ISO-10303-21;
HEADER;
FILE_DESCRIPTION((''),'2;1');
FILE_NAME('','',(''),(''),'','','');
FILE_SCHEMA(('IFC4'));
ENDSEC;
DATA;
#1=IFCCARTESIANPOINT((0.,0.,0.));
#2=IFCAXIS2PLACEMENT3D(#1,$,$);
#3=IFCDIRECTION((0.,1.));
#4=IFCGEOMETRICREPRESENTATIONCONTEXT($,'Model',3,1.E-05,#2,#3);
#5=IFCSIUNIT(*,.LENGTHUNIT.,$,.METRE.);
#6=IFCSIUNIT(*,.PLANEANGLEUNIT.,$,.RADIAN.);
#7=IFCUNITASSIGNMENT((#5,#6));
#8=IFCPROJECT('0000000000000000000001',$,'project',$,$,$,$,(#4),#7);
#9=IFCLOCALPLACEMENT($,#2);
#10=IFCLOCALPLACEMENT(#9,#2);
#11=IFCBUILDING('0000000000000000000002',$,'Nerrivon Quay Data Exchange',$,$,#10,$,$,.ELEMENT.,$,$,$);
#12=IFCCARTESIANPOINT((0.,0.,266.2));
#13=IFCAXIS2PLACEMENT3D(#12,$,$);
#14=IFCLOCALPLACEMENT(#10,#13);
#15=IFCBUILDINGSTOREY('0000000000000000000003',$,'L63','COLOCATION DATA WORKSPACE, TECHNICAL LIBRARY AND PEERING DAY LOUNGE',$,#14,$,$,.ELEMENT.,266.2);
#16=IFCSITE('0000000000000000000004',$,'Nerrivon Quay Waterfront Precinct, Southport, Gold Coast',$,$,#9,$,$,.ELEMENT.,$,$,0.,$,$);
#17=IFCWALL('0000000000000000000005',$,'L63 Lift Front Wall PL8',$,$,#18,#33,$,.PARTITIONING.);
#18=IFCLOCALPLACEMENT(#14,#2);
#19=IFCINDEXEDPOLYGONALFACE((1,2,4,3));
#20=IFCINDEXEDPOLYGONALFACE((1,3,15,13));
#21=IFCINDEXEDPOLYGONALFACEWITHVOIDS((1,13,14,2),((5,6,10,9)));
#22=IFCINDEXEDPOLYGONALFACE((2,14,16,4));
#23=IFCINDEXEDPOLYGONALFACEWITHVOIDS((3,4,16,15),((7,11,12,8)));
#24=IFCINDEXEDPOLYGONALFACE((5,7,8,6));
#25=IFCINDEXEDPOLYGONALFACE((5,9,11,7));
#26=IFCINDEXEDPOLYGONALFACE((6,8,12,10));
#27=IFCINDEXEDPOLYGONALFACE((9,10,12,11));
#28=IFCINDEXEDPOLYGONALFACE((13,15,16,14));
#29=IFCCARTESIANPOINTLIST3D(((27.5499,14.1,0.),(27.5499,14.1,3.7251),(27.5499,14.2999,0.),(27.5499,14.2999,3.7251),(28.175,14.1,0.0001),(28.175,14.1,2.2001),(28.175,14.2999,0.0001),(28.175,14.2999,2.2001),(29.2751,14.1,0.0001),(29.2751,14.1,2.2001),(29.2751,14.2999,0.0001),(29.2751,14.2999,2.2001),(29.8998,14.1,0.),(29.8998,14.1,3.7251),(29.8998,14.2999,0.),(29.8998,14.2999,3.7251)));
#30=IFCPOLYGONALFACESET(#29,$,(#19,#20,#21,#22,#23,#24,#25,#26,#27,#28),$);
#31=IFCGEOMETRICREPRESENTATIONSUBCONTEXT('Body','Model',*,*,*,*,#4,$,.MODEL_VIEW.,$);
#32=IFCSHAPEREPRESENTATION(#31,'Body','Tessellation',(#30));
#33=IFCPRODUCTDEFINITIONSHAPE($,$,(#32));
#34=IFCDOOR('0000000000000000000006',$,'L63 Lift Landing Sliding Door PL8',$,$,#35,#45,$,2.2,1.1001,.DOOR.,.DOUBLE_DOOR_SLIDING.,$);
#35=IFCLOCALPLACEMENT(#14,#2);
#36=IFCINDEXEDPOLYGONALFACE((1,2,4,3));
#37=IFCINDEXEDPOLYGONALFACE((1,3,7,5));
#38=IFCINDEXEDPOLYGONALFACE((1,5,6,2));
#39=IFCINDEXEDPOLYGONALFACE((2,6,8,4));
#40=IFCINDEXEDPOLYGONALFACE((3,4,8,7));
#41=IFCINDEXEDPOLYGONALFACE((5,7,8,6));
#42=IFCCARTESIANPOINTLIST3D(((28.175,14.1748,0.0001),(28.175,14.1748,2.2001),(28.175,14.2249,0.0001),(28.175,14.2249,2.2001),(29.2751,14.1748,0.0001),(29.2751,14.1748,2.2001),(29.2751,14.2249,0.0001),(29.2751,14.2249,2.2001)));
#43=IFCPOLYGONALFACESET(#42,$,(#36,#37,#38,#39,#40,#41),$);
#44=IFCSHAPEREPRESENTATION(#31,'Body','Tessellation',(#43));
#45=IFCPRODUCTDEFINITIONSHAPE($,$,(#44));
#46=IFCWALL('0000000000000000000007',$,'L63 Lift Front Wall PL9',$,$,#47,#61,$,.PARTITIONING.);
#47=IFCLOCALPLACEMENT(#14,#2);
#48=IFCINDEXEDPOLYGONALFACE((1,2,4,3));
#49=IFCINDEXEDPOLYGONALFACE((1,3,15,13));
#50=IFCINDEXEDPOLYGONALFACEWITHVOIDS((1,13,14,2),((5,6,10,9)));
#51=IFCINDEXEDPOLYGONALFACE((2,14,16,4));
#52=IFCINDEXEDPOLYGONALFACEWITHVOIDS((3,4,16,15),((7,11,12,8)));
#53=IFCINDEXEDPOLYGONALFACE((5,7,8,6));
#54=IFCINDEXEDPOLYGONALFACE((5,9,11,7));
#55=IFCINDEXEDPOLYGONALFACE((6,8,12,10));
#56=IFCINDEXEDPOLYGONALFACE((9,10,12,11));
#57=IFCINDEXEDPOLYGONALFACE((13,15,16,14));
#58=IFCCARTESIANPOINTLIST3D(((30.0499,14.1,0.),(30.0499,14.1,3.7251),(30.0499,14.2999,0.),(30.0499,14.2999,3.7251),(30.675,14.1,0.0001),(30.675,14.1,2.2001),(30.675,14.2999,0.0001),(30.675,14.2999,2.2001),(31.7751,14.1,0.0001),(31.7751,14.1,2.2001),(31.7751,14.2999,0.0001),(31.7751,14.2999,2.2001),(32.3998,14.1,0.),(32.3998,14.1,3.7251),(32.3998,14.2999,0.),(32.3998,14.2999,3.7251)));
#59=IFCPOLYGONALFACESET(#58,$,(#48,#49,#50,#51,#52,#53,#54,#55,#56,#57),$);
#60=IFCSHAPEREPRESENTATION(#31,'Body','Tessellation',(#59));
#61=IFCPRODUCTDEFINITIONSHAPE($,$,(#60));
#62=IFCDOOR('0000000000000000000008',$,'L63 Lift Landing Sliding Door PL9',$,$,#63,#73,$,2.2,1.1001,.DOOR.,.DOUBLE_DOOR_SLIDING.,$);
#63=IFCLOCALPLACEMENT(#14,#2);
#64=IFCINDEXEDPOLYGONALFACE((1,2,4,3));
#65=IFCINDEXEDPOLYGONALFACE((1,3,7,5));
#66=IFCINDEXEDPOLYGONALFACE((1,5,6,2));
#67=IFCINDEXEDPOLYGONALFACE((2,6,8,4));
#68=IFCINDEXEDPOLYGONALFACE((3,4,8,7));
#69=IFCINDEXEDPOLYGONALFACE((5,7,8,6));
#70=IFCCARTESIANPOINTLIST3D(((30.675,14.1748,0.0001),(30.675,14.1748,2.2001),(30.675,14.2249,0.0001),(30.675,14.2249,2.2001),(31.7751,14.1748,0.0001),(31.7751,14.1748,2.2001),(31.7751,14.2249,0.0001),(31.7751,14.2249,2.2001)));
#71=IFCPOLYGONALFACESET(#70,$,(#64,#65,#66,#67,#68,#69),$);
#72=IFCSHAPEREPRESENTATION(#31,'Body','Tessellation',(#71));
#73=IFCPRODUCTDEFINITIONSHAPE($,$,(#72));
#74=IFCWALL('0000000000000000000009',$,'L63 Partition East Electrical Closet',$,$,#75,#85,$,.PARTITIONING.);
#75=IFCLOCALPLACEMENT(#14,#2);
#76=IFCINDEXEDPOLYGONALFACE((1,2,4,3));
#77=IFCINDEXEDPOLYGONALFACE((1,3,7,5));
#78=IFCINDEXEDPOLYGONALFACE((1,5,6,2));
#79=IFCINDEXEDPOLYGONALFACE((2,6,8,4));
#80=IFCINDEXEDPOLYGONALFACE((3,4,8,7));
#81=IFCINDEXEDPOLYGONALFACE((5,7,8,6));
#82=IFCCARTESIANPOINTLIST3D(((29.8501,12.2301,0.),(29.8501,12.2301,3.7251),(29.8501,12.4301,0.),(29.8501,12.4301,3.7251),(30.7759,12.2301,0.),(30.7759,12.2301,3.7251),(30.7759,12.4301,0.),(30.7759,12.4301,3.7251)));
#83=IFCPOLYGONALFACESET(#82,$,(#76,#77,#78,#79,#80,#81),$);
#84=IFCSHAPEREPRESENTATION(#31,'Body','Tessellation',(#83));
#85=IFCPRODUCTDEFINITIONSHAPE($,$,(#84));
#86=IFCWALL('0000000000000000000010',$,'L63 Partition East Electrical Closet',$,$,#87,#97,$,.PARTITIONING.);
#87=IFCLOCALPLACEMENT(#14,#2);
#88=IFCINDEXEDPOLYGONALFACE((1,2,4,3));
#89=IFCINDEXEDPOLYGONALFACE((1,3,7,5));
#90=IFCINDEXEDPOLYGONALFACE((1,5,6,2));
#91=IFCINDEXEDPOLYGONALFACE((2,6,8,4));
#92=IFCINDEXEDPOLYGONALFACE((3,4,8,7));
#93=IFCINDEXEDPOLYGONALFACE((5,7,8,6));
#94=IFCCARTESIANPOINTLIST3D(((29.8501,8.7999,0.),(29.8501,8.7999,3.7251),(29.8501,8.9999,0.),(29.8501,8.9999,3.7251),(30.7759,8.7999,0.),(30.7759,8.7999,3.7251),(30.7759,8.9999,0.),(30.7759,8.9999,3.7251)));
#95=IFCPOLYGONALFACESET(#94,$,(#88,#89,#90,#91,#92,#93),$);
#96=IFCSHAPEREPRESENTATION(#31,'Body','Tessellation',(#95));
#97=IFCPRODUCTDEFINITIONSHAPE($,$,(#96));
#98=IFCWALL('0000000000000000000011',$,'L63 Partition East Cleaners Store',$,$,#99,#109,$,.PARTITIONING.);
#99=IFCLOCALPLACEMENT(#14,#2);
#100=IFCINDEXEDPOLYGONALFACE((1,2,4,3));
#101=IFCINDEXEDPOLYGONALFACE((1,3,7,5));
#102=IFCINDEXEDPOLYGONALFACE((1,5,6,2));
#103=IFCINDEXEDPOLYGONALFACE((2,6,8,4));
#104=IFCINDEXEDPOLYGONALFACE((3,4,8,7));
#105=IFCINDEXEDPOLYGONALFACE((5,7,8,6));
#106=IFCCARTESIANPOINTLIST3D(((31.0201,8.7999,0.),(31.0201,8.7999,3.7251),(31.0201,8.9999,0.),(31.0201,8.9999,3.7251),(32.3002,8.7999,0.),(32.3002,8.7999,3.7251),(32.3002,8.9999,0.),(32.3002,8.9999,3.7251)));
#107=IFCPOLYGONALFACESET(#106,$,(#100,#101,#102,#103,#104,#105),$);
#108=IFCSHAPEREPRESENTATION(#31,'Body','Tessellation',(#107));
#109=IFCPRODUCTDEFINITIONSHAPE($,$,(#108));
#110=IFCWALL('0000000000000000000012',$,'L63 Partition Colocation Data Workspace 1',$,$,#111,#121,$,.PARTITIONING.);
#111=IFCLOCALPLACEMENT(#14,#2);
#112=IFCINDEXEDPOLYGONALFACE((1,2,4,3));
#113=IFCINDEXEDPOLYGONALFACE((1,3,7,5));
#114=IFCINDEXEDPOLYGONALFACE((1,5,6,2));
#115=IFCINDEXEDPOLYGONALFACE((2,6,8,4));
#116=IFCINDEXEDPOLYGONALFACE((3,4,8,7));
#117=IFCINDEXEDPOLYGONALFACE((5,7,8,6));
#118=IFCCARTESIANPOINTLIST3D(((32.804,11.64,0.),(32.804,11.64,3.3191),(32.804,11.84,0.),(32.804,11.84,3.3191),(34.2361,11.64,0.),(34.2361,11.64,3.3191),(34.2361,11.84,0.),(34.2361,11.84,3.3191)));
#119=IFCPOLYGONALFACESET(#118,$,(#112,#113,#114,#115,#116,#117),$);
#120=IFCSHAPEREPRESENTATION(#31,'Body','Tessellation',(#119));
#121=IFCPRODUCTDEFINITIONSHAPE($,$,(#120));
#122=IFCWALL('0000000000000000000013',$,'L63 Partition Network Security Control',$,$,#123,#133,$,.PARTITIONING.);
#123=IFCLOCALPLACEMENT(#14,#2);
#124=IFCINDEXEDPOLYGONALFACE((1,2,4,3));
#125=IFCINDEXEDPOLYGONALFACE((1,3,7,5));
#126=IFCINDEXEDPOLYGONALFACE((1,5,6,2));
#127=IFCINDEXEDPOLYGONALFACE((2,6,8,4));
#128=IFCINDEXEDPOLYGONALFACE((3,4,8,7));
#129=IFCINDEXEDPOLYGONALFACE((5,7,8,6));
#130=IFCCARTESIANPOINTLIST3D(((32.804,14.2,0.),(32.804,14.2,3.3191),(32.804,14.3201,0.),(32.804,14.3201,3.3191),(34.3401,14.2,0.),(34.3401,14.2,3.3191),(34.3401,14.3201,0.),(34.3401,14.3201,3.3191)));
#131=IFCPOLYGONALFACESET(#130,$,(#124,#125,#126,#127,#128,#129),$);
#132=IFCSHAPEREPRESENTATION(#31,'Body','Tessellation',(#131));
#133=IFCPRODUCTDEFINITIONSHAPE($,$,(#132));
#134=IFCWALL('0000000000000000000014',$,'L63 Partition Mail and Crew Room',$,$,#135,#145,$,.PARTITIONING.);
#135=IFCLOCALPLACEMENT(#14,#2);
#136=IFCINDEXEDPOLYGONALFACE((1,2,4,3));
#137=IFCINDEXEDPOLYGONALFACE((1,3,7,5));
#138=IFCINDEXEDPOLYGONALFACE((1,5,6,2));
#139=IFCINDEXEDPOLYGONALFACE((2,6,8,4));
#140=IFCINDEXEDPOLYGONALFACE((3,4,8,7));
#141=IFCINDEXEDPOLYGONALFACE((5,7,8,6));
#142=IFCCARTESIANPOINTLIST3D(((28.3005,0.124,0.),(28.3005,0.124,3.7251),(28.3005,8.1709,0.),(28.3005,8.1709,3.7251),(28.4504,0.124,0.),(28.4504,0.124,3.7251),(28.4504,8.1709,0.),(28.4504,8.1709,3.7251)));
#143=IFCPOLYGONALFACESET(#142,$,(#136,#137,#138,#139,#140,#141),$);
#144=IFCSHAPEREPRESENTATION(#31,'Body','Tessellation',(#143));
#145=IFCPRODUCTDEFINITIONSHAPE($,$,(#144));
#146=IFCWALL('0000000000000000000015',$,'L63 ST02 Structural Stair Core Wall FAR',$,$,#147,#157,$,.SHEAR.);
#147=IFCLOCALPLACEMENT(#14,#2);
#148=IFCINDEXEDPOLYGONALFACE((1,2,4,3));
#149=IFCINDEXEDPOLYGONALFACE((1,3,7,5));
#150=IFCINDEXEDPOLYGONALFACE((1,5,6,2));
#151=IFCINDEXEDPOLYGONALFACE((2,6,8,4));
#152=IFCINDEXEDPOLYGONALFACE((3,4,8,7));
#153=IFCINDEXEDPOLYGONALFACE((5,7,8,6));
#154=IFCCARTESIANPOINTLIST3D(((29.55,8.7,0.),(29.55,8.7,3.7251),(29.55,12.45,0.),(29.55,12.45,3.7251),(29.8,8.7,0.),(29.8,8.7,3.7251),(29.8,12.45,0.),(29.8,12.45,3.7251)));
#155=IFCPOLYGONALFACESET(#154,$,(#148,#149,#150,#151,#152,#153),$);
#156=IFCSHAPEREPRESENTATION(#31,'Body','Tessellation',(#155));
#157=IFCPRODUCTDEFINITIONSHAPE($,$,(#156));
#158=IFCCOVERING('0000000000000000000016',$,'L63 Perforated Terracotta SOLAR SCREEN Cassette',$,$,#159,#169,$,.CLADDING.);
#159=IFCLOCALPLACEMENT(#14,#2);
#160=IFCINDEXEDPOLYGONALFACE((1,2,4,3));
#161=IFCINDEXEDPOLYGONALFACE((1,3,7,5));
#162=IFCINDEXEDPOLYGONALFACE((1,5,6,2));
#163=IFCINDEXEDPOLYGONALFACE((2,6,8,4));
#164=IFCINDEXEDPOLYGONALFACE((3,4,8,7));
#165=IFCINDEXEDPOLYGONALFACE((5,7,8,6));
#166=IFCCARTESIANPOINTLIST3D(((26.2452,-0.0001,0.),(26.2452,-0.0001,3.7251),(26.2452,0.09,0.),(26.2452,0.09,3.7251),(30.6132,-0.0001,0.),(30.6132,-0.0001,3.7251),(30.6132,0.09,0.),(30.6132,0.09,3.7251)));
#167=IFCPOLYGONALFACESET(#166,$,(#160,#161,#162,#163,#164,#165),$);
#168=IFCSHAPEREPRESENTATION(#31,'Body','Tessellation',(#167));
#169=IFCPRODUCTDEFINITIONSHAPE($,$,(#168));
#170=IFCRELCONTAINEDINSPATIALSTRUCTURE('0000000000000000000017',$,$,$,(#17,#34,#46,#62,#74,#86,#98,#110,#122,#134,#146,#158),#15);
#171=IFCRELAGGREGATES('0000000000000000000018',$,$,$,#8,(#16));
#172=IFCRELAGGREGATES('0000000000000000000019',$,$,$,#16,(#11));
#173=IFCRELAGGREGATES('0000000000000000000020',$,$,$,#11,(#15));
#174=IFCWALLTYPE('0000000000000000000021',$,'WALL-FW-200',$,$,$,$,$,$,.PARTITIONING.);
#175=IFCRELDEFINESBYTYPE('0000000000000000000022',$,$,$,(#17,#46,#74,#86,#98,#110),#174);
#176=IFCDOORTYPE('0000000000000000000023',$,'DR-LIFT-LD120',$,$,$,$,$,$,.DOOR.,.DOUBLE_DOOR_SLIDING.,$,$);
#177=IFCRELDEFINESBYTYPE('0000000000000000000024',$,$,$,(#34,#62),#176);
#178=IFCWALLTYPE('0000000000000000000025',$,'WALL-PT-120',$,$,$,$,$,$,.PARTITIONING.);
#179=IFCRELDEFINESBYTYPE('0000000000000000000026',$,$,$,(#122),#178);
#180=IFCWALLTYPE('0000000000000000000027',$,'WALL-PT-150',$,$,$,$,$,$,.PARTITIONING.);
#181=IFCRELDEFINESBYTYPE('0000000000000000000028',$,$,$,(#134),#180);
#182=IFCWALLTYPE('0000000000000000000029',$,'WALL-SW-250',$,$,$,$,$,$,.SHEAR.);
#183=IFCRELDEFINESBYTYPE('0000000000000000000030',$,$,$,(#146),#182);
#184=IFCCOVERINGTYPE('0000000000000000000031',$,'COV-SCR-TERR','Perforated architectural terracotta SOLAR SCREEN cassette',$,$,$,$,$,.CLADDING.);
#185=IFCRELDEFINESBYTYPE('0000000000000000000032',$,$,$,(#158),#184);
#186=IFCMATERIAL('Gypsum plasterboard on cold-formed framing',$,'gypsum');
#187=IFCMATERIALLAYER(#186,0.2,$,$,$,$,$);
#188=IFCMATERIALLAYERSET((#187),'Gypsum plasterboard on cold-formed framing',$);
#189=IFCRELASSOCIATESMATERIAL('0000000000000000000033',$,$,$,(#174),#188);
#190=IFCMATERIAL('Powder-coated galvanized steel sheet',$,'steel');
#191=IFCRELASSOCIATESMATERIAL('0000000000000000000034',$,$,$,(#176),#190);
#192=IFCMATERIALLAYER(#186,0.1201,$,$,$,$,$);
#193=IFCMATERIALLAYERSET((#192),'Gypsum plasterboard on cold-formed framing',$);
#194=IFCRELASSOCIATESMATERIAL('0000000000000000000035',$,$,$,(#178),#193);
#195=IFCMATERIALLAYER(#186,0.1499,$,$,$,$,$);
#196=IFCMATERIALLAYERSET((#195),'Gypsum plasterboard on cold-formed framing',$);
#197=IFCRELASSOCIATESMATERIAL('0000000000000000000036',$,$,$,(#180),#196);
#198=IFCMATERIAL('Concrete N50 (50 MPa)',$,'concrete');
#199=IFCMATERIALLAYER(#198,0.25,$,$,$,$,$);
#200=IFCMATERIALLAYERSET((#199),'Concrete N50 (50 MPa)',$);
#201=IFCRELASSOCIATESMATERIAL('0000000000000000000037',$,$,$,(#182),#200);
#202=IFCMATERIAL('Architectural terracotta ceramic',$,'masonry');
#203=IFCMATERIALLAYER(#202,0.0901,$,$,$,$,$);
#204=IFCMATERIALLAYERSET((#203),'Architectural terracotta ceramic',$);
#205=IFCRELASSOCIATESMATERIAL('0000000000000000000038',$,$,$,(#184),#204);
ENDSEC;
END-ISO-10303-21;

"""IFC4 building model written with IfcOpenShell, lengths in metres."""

from ifc_helpers import new_model, si_unit, direction, frame, frame_2d, origin, origin_2d, place, context, subcontext, project, spatial, rectangle, extrude, material, layer, layer_set, type_object, element, fill, save


model = new_model("IFC4")

# Units and contexts
model_context = context("Model", 3, precision=1e-05, world=origin(), true_north=direction((0.0, 1.0)))
body_context = subcontext(model_context, "Body", "Model", "MODEL_VIEW")
ifc_project = project(units=[si_unit("LENGTHUNIT", "METRE"), si_unit("PLANEANGLEUNIT", "RADIAN")], contexts=[model_context])

# Site, building, storey
site_placement = place(None, origin())
site = spatial("IfcSite", under=ifc_project, at=site_placement, Name="Nerrivon Quay Waterfront Precinct, Southport, Gold Coast", CompositionType="ELEMENT", RefElevation=0.0)
building_placement = place(site_placement, origin())
building = spatial("IfcBuilding", under=site, at=building_placement, Name="Nerrivon Quay Data Exchange", CompositionType="ELEMENT")
storey_placement = place(building_placement, frame((0.0, 0.0, 266.2)))
storey = spatial("IfcBuildingStorey", under=building, at=storey_placement, Name="L63", Description="COLOCATION DATA WORKSPACE, TECHNICAL LIBRARY AND PEERING DAY LOUNGE", CompositionType="ELEMENT", Elevation=266.2)

# Shared definitions
ifc_material_1 = material(Name="Concrete N50 (50 MPa)", Category="concrete")

# Shared definitions
ifc_material_2 = material(Name="Powder-coated galvanized steel sheet", Category="steel")

# Shared definitions
ifc_material_3 = material(Name="Gypsum plasterboard on cold-formed framing", Category="gypsum")
ifc_layer_1 = layer(ifc_material_3, 0.2)
ifc_layer_set_1 = layer_set([ifc_layer_1], Name="Gypsum plasterboard on cold-formed framing")
wall_type_1 = type_object("IfcWallType", Name="WALL-FW-200", PredefinedType="PARTITIONING", material=ifc_layer_set_1)

# Walls, openings, doors
wall_1_placement = place(storey_placement, frame((27.55, 14.2, 0.0), z_axis=(0.0, 0.0, 1.0), x_axis=(1.0, 0.0, 0.0)))
wall_1 = element("IfcWall", 1, at=wall_1_placement, inside=storey, type_object=wall_type_1, Name="L63 Lift Front Wall PL8", PredefinedType="PARTITIONING", context=body_context, shape_type="SweptSolid", body=[
    extrude(rectangle(XDim=2.3499, YDim=0.2, at=frame_2d((1.1748, 0.0))), origin(), (0.0, 0.0, 1.0), 3.7251),
])
opening_1_placement = place(wall_1_placement, frame((0.625, 0.0, 0.0)))
opening_1 = element("IfcOpeningElement", 2, at=opening_1_placement, cuts=wall_1, PredefinedType="OPENING", context=body_context, shape_type="SweptSolid", body=[
    extrude(rectangle(XDim=1.1001, YDim=2.2, at=frame_2d((0.55, 1.1001))), frame((0.0, 0.1099, 0.0), z_axis=(0.0, -1.0, 0.0), x_axis=(1.0, 0.0, 0.0)), (0.0, 0.0, 1.0), 0.22),
])
door_type_1 = type_object("IfcDoorType", Name="DR-LIFT-LD120", OperationType="DOUBLE_DOOR_SLIDING", PredefinedType="DOOR", material=ifc_material_2)
door_1_placement = place(opening_1_placement, origin())
door_1 = element("IfcDoor", 3, at=door_1_placement, inside=storey, type_object=door_type_1, Name="L63 Lift Landing Sliding Door PL8", OperationType="DOUBLE_DOOR_SLIDING", OverallHeight=2.2, OverallWidth=1.1001, PredefinedType="DOOR", context=body_context, shape_type="SweptSolid", body=[
    extrude(rectangle(XDim=1.1001, YDim=2.2, at=frame_2d((0.55, 1.1001))), frame((0.0, 0.0249, 0.0), z_axis=(0.0, -1.0, 0.0), x_axis=(1.0, 0.0, 0.0)), (0.0, 0.0, 1.0), 0.05),
])
fill(opening_1, door_1)
wall_2_placement = place(storey_placement, frame((30.05, 14.2, 0.0), z_axis=(0.0, 0.0, 1.0), x_axis=(1.0, 0.0, 0.0)))
wall_2 = element("IfcWall", 4, at=wall_2_placement, inside=storey, type_object=wall_type_1, Name="L63 Lift Front Wall PL9", PredefinedType="PARTITIONING", context=body_context, shape_type="SweptSolid", body=[
    extrude(rectangle(XDim=2.3499, YDim=0.2, at=frame_2d((1.1748, 0.0))), origin(), (0.0, 0.0, 1.0), 3.7251),
])
opening_2_placement = place(wall_2_placement, frame((0.625, 0.0, 0.0)))
opening_2 = element("IfcOpeningElement", 5, at=opening_2_placement, cuts=wall_2, PredefinedType="OPENING", context=body_context, shape_type="SweptSolid", body=[
    extrude(rectangle(XDim=1.1001, YDim=2.2, at=frame_2d((0.55, 1.1001))), frame((0.0, 0.1099, 0.0), z_axis=(0.0, -1.0, 0.0), x_axis=(1.0, 0.0, 0.0)), (0.0, 0.0, 1.0), 0.22),
])
door_2_placement = place(opening_2_placement, origin())
door_2 = element("IfcDoor", 6, at=door_2_placement, inside=storey, type_object=door_type_1, Name="L63 Lift Landing Sliding Door PL9", OperationType="DOUBLE_DOOR_SLIDING", OverallHeight=2.2, OverallWidth=1.1001, PredefinedType="DOOR", context=body_context, shape_type="SweptSolid", body=[
    extrude(rectangle(XDim=1.1001, YDim=2.2, at=frame_2d((0.55, 1.1001))), frame((0.0, 0.0249, 0.0), z_axis=(0.0, -1.0, 0.0), x_axis=(1.0, 0.0, 0.0)), (0.0, 0.0, 1.0), 0.05),
])
fill(opening_2, door_2)

# Walls
for number, where, z_axis, x_axis, name in (
    (7, (30.7759, 12.3301, 0.0), (0.0, 0.0, 1.0), (-1.0, 0.0, 0.0), "L63 Partition East Electrical Closet"),
    (8, (29.8501, 8.8999, 0.0), (0.0, 0.0, 1.0), (1.0, 0.0, 0.0), "L63 Partition East Electrical Closet"),
):
    element("IfcWall", number, at=place(storey_placement, frame(where, z_axis=z_axis, x_axis=x_axis)), inside=storey, type_object=wall_type_1, Name=name, PredefinedType="PARTITIONING", context=body_context, shape_type="SweptSolid", body=[
        extrude(rectangle(XDim=0.9258, YDim=0.2, at=frame_2d((0.4629, 0.0))), origin(), (0.0, 0.0, 1.0), 3.7251),
    ])

# Walls
wall_3_placement = place(storey_placement, frame((31.02, 8.8999, 0.0), z_axis=(0.0, 0.0, 1.0), x_axis=(1.0, 0.0, 0.0)))
element("IfcWall", 9, at=wall_3_placement, inside=storey, type_object=wall_type_1, Name="L63 Partition East Cleaners Store", PredefinedType="PARTITIONING", context=body_context, shape_type="SweptSolid", body=[
    extrude(rectangle(XDim=1.28, YDim=0.2, at=frame_2d((0.6401, 0.0))), origin(), (0.0, 0.0, 1.0), 3.7251),
])
wall_4_placement = place(storey_placement, frame((34.2361, 11.74, 0.0), z_axis=(0.0, 0.0, 1.0), x_axis=(-1.0, 0.0, 0.0)))
element("IfcWall", 10, at=wall_4_placement, inside=storey, type_object=wall_type_1, Name="L63 Partition Colocation Data Workspace 1", PredefinedType="PARTITIONING", context=body_context, shape_type="SweptSolid", body=[
    extrude(rectangle(XDim=1.4321, YDim=0.2, at=frame_2d((0.7161, 0.0))), origin(), (0.0, 0.0, 1.0), 3.3191),
])
ifc_layer_2 = layer(ifc_material_3, 0.1201)
ifc_layer_set_2 = layer_set([ifc_layer_2], Name="Gypsum plasterboard on cold-formed framing")
wall_type_2 = type_object("IfcWallType", Name="WALL-PT-120", PredefinedType="PARTITIONING", material=ifc_layer_set_2)
wall_5_placement = place(storey_placement, frame((32.804, 14.26, 0.0), z_axis=(0.0, 0.0, 1.0), x_axis=(1.0, 0.0, 0.0)))
element("IfcWall", 11, at=wall_5_placement, inside=storey, type_object=wall_type_2, Name="L63 Partition Network Security Control", PredefinedType="PARTITIONING", context=body_context, shape_type="SweptSolid", body=[
    extrude(rectangle(XDim=1.5361, YDim=0.1201, at=frame_2d((0.7681, 0.0))), origin(), (0.0, 0.0, 1.0), 3.3191),
])
ifc_layer_3 = layer(ifc_material_3, 0.1499)
ifc_layer_set_3 = layer_set([ifc_layer_3], Name="Gypsum plasterboard on cold-formed framing")
wall_type_3 = type_object("IfcWallType", Name="WALL-PT-150", PredefinedType="PARTITIONING", material=ifc_layer_set_3)
wall_6_placement = place(storey_placement, frame((28.3755, 0.124, 0.0), z_axis=(0.0, 0.0, 1.0), x_axis=(0.0, 1.0, 0.0)))
element("IfcWall", 12, at=wall_6_placement, inside=storey, type_object=wall_type_3, Name="L63 Partition Mail and Crew Room", PredefinedType="PARTITIONING", context=body_context, shape_type="SweptSolid", body=[
    extrude(rectangle(XDim=8.0469, YDim=0.1499, at=frame_2d((4.0234, 0.0))), origin(), (0.0, 0.0, 1.0), 3.7251),
])
ifc_layer_4 = layer(ifc_material_1, 0.25)
ifc_layer_set_4 = layer_set([ifc_layer_4], Name="Concrete N50 (50 MPa)")
wall_type_4 = type_object("IfcWallType", Name="WALL-SW-250", PredefinedType="SHEAR", material=ifc_layer_set_4)
wall_7_placement = place(storey_placement, frame((29.675, 8.7, 0.0), z_axis=(0.0, 0.0, 1.0), x_axis=(0.0, 1.0, 0.0)))
element("IfcWall", 13, at=wall_7_placement, inside=storey, type_object=wall_type_4, Name="L63 ST02 Structural Stair Core Wall FAR", PredefinedType="SHEAR", context=body_context, shape_type="SweptSolid", body=[
    extrude(rectangle(XDim=3.75, YDim=0.25, at=frame_2d((1.875, 0.0))), origin(), (0.0, 0.0, 1.0), 3.7251),
])

# Covering
ifc_material_4 = material(Name="Architectural terracotta ceramic", Category="masonry")
ifc_layer_5 = layer(ifc_material_4, 0.0901)
ifc_layer_set_5 = layer_set([ifc_layer_5], Name="Architectural terracotta ceramic")
covering_type = type_object("IfcCoveringType", Name="COV-SCR-TERR", Description="Perforated architectural terracotta SOLAR SCREEN cassette", PredefinedType="CLADDING", material=ifc_layer_set_5)
covering_placement = place(storey_placement, frame((28.4292, 0.0449, 0.0), z_axis=(0.0, 0.0, 1.0), x_axis=(-1.0, 0.0, 0.0)))
element("IfcCovering", 14, at=covering_placement, inside=storey, type_object=covering_type, Name="L63 Perforated Terracotta SOLAR SCREEN Cassette", PredefinedType="CLADDING", context=body_context, shape_type="SweptSolid", body=[
    extrude(rectangle(XDim=4.3679, YDim=0.0901, at=origin_2d()), origin(), (0.0, 0.0, 1.0), 3.7251),
])

save(model, "model.ifc")
